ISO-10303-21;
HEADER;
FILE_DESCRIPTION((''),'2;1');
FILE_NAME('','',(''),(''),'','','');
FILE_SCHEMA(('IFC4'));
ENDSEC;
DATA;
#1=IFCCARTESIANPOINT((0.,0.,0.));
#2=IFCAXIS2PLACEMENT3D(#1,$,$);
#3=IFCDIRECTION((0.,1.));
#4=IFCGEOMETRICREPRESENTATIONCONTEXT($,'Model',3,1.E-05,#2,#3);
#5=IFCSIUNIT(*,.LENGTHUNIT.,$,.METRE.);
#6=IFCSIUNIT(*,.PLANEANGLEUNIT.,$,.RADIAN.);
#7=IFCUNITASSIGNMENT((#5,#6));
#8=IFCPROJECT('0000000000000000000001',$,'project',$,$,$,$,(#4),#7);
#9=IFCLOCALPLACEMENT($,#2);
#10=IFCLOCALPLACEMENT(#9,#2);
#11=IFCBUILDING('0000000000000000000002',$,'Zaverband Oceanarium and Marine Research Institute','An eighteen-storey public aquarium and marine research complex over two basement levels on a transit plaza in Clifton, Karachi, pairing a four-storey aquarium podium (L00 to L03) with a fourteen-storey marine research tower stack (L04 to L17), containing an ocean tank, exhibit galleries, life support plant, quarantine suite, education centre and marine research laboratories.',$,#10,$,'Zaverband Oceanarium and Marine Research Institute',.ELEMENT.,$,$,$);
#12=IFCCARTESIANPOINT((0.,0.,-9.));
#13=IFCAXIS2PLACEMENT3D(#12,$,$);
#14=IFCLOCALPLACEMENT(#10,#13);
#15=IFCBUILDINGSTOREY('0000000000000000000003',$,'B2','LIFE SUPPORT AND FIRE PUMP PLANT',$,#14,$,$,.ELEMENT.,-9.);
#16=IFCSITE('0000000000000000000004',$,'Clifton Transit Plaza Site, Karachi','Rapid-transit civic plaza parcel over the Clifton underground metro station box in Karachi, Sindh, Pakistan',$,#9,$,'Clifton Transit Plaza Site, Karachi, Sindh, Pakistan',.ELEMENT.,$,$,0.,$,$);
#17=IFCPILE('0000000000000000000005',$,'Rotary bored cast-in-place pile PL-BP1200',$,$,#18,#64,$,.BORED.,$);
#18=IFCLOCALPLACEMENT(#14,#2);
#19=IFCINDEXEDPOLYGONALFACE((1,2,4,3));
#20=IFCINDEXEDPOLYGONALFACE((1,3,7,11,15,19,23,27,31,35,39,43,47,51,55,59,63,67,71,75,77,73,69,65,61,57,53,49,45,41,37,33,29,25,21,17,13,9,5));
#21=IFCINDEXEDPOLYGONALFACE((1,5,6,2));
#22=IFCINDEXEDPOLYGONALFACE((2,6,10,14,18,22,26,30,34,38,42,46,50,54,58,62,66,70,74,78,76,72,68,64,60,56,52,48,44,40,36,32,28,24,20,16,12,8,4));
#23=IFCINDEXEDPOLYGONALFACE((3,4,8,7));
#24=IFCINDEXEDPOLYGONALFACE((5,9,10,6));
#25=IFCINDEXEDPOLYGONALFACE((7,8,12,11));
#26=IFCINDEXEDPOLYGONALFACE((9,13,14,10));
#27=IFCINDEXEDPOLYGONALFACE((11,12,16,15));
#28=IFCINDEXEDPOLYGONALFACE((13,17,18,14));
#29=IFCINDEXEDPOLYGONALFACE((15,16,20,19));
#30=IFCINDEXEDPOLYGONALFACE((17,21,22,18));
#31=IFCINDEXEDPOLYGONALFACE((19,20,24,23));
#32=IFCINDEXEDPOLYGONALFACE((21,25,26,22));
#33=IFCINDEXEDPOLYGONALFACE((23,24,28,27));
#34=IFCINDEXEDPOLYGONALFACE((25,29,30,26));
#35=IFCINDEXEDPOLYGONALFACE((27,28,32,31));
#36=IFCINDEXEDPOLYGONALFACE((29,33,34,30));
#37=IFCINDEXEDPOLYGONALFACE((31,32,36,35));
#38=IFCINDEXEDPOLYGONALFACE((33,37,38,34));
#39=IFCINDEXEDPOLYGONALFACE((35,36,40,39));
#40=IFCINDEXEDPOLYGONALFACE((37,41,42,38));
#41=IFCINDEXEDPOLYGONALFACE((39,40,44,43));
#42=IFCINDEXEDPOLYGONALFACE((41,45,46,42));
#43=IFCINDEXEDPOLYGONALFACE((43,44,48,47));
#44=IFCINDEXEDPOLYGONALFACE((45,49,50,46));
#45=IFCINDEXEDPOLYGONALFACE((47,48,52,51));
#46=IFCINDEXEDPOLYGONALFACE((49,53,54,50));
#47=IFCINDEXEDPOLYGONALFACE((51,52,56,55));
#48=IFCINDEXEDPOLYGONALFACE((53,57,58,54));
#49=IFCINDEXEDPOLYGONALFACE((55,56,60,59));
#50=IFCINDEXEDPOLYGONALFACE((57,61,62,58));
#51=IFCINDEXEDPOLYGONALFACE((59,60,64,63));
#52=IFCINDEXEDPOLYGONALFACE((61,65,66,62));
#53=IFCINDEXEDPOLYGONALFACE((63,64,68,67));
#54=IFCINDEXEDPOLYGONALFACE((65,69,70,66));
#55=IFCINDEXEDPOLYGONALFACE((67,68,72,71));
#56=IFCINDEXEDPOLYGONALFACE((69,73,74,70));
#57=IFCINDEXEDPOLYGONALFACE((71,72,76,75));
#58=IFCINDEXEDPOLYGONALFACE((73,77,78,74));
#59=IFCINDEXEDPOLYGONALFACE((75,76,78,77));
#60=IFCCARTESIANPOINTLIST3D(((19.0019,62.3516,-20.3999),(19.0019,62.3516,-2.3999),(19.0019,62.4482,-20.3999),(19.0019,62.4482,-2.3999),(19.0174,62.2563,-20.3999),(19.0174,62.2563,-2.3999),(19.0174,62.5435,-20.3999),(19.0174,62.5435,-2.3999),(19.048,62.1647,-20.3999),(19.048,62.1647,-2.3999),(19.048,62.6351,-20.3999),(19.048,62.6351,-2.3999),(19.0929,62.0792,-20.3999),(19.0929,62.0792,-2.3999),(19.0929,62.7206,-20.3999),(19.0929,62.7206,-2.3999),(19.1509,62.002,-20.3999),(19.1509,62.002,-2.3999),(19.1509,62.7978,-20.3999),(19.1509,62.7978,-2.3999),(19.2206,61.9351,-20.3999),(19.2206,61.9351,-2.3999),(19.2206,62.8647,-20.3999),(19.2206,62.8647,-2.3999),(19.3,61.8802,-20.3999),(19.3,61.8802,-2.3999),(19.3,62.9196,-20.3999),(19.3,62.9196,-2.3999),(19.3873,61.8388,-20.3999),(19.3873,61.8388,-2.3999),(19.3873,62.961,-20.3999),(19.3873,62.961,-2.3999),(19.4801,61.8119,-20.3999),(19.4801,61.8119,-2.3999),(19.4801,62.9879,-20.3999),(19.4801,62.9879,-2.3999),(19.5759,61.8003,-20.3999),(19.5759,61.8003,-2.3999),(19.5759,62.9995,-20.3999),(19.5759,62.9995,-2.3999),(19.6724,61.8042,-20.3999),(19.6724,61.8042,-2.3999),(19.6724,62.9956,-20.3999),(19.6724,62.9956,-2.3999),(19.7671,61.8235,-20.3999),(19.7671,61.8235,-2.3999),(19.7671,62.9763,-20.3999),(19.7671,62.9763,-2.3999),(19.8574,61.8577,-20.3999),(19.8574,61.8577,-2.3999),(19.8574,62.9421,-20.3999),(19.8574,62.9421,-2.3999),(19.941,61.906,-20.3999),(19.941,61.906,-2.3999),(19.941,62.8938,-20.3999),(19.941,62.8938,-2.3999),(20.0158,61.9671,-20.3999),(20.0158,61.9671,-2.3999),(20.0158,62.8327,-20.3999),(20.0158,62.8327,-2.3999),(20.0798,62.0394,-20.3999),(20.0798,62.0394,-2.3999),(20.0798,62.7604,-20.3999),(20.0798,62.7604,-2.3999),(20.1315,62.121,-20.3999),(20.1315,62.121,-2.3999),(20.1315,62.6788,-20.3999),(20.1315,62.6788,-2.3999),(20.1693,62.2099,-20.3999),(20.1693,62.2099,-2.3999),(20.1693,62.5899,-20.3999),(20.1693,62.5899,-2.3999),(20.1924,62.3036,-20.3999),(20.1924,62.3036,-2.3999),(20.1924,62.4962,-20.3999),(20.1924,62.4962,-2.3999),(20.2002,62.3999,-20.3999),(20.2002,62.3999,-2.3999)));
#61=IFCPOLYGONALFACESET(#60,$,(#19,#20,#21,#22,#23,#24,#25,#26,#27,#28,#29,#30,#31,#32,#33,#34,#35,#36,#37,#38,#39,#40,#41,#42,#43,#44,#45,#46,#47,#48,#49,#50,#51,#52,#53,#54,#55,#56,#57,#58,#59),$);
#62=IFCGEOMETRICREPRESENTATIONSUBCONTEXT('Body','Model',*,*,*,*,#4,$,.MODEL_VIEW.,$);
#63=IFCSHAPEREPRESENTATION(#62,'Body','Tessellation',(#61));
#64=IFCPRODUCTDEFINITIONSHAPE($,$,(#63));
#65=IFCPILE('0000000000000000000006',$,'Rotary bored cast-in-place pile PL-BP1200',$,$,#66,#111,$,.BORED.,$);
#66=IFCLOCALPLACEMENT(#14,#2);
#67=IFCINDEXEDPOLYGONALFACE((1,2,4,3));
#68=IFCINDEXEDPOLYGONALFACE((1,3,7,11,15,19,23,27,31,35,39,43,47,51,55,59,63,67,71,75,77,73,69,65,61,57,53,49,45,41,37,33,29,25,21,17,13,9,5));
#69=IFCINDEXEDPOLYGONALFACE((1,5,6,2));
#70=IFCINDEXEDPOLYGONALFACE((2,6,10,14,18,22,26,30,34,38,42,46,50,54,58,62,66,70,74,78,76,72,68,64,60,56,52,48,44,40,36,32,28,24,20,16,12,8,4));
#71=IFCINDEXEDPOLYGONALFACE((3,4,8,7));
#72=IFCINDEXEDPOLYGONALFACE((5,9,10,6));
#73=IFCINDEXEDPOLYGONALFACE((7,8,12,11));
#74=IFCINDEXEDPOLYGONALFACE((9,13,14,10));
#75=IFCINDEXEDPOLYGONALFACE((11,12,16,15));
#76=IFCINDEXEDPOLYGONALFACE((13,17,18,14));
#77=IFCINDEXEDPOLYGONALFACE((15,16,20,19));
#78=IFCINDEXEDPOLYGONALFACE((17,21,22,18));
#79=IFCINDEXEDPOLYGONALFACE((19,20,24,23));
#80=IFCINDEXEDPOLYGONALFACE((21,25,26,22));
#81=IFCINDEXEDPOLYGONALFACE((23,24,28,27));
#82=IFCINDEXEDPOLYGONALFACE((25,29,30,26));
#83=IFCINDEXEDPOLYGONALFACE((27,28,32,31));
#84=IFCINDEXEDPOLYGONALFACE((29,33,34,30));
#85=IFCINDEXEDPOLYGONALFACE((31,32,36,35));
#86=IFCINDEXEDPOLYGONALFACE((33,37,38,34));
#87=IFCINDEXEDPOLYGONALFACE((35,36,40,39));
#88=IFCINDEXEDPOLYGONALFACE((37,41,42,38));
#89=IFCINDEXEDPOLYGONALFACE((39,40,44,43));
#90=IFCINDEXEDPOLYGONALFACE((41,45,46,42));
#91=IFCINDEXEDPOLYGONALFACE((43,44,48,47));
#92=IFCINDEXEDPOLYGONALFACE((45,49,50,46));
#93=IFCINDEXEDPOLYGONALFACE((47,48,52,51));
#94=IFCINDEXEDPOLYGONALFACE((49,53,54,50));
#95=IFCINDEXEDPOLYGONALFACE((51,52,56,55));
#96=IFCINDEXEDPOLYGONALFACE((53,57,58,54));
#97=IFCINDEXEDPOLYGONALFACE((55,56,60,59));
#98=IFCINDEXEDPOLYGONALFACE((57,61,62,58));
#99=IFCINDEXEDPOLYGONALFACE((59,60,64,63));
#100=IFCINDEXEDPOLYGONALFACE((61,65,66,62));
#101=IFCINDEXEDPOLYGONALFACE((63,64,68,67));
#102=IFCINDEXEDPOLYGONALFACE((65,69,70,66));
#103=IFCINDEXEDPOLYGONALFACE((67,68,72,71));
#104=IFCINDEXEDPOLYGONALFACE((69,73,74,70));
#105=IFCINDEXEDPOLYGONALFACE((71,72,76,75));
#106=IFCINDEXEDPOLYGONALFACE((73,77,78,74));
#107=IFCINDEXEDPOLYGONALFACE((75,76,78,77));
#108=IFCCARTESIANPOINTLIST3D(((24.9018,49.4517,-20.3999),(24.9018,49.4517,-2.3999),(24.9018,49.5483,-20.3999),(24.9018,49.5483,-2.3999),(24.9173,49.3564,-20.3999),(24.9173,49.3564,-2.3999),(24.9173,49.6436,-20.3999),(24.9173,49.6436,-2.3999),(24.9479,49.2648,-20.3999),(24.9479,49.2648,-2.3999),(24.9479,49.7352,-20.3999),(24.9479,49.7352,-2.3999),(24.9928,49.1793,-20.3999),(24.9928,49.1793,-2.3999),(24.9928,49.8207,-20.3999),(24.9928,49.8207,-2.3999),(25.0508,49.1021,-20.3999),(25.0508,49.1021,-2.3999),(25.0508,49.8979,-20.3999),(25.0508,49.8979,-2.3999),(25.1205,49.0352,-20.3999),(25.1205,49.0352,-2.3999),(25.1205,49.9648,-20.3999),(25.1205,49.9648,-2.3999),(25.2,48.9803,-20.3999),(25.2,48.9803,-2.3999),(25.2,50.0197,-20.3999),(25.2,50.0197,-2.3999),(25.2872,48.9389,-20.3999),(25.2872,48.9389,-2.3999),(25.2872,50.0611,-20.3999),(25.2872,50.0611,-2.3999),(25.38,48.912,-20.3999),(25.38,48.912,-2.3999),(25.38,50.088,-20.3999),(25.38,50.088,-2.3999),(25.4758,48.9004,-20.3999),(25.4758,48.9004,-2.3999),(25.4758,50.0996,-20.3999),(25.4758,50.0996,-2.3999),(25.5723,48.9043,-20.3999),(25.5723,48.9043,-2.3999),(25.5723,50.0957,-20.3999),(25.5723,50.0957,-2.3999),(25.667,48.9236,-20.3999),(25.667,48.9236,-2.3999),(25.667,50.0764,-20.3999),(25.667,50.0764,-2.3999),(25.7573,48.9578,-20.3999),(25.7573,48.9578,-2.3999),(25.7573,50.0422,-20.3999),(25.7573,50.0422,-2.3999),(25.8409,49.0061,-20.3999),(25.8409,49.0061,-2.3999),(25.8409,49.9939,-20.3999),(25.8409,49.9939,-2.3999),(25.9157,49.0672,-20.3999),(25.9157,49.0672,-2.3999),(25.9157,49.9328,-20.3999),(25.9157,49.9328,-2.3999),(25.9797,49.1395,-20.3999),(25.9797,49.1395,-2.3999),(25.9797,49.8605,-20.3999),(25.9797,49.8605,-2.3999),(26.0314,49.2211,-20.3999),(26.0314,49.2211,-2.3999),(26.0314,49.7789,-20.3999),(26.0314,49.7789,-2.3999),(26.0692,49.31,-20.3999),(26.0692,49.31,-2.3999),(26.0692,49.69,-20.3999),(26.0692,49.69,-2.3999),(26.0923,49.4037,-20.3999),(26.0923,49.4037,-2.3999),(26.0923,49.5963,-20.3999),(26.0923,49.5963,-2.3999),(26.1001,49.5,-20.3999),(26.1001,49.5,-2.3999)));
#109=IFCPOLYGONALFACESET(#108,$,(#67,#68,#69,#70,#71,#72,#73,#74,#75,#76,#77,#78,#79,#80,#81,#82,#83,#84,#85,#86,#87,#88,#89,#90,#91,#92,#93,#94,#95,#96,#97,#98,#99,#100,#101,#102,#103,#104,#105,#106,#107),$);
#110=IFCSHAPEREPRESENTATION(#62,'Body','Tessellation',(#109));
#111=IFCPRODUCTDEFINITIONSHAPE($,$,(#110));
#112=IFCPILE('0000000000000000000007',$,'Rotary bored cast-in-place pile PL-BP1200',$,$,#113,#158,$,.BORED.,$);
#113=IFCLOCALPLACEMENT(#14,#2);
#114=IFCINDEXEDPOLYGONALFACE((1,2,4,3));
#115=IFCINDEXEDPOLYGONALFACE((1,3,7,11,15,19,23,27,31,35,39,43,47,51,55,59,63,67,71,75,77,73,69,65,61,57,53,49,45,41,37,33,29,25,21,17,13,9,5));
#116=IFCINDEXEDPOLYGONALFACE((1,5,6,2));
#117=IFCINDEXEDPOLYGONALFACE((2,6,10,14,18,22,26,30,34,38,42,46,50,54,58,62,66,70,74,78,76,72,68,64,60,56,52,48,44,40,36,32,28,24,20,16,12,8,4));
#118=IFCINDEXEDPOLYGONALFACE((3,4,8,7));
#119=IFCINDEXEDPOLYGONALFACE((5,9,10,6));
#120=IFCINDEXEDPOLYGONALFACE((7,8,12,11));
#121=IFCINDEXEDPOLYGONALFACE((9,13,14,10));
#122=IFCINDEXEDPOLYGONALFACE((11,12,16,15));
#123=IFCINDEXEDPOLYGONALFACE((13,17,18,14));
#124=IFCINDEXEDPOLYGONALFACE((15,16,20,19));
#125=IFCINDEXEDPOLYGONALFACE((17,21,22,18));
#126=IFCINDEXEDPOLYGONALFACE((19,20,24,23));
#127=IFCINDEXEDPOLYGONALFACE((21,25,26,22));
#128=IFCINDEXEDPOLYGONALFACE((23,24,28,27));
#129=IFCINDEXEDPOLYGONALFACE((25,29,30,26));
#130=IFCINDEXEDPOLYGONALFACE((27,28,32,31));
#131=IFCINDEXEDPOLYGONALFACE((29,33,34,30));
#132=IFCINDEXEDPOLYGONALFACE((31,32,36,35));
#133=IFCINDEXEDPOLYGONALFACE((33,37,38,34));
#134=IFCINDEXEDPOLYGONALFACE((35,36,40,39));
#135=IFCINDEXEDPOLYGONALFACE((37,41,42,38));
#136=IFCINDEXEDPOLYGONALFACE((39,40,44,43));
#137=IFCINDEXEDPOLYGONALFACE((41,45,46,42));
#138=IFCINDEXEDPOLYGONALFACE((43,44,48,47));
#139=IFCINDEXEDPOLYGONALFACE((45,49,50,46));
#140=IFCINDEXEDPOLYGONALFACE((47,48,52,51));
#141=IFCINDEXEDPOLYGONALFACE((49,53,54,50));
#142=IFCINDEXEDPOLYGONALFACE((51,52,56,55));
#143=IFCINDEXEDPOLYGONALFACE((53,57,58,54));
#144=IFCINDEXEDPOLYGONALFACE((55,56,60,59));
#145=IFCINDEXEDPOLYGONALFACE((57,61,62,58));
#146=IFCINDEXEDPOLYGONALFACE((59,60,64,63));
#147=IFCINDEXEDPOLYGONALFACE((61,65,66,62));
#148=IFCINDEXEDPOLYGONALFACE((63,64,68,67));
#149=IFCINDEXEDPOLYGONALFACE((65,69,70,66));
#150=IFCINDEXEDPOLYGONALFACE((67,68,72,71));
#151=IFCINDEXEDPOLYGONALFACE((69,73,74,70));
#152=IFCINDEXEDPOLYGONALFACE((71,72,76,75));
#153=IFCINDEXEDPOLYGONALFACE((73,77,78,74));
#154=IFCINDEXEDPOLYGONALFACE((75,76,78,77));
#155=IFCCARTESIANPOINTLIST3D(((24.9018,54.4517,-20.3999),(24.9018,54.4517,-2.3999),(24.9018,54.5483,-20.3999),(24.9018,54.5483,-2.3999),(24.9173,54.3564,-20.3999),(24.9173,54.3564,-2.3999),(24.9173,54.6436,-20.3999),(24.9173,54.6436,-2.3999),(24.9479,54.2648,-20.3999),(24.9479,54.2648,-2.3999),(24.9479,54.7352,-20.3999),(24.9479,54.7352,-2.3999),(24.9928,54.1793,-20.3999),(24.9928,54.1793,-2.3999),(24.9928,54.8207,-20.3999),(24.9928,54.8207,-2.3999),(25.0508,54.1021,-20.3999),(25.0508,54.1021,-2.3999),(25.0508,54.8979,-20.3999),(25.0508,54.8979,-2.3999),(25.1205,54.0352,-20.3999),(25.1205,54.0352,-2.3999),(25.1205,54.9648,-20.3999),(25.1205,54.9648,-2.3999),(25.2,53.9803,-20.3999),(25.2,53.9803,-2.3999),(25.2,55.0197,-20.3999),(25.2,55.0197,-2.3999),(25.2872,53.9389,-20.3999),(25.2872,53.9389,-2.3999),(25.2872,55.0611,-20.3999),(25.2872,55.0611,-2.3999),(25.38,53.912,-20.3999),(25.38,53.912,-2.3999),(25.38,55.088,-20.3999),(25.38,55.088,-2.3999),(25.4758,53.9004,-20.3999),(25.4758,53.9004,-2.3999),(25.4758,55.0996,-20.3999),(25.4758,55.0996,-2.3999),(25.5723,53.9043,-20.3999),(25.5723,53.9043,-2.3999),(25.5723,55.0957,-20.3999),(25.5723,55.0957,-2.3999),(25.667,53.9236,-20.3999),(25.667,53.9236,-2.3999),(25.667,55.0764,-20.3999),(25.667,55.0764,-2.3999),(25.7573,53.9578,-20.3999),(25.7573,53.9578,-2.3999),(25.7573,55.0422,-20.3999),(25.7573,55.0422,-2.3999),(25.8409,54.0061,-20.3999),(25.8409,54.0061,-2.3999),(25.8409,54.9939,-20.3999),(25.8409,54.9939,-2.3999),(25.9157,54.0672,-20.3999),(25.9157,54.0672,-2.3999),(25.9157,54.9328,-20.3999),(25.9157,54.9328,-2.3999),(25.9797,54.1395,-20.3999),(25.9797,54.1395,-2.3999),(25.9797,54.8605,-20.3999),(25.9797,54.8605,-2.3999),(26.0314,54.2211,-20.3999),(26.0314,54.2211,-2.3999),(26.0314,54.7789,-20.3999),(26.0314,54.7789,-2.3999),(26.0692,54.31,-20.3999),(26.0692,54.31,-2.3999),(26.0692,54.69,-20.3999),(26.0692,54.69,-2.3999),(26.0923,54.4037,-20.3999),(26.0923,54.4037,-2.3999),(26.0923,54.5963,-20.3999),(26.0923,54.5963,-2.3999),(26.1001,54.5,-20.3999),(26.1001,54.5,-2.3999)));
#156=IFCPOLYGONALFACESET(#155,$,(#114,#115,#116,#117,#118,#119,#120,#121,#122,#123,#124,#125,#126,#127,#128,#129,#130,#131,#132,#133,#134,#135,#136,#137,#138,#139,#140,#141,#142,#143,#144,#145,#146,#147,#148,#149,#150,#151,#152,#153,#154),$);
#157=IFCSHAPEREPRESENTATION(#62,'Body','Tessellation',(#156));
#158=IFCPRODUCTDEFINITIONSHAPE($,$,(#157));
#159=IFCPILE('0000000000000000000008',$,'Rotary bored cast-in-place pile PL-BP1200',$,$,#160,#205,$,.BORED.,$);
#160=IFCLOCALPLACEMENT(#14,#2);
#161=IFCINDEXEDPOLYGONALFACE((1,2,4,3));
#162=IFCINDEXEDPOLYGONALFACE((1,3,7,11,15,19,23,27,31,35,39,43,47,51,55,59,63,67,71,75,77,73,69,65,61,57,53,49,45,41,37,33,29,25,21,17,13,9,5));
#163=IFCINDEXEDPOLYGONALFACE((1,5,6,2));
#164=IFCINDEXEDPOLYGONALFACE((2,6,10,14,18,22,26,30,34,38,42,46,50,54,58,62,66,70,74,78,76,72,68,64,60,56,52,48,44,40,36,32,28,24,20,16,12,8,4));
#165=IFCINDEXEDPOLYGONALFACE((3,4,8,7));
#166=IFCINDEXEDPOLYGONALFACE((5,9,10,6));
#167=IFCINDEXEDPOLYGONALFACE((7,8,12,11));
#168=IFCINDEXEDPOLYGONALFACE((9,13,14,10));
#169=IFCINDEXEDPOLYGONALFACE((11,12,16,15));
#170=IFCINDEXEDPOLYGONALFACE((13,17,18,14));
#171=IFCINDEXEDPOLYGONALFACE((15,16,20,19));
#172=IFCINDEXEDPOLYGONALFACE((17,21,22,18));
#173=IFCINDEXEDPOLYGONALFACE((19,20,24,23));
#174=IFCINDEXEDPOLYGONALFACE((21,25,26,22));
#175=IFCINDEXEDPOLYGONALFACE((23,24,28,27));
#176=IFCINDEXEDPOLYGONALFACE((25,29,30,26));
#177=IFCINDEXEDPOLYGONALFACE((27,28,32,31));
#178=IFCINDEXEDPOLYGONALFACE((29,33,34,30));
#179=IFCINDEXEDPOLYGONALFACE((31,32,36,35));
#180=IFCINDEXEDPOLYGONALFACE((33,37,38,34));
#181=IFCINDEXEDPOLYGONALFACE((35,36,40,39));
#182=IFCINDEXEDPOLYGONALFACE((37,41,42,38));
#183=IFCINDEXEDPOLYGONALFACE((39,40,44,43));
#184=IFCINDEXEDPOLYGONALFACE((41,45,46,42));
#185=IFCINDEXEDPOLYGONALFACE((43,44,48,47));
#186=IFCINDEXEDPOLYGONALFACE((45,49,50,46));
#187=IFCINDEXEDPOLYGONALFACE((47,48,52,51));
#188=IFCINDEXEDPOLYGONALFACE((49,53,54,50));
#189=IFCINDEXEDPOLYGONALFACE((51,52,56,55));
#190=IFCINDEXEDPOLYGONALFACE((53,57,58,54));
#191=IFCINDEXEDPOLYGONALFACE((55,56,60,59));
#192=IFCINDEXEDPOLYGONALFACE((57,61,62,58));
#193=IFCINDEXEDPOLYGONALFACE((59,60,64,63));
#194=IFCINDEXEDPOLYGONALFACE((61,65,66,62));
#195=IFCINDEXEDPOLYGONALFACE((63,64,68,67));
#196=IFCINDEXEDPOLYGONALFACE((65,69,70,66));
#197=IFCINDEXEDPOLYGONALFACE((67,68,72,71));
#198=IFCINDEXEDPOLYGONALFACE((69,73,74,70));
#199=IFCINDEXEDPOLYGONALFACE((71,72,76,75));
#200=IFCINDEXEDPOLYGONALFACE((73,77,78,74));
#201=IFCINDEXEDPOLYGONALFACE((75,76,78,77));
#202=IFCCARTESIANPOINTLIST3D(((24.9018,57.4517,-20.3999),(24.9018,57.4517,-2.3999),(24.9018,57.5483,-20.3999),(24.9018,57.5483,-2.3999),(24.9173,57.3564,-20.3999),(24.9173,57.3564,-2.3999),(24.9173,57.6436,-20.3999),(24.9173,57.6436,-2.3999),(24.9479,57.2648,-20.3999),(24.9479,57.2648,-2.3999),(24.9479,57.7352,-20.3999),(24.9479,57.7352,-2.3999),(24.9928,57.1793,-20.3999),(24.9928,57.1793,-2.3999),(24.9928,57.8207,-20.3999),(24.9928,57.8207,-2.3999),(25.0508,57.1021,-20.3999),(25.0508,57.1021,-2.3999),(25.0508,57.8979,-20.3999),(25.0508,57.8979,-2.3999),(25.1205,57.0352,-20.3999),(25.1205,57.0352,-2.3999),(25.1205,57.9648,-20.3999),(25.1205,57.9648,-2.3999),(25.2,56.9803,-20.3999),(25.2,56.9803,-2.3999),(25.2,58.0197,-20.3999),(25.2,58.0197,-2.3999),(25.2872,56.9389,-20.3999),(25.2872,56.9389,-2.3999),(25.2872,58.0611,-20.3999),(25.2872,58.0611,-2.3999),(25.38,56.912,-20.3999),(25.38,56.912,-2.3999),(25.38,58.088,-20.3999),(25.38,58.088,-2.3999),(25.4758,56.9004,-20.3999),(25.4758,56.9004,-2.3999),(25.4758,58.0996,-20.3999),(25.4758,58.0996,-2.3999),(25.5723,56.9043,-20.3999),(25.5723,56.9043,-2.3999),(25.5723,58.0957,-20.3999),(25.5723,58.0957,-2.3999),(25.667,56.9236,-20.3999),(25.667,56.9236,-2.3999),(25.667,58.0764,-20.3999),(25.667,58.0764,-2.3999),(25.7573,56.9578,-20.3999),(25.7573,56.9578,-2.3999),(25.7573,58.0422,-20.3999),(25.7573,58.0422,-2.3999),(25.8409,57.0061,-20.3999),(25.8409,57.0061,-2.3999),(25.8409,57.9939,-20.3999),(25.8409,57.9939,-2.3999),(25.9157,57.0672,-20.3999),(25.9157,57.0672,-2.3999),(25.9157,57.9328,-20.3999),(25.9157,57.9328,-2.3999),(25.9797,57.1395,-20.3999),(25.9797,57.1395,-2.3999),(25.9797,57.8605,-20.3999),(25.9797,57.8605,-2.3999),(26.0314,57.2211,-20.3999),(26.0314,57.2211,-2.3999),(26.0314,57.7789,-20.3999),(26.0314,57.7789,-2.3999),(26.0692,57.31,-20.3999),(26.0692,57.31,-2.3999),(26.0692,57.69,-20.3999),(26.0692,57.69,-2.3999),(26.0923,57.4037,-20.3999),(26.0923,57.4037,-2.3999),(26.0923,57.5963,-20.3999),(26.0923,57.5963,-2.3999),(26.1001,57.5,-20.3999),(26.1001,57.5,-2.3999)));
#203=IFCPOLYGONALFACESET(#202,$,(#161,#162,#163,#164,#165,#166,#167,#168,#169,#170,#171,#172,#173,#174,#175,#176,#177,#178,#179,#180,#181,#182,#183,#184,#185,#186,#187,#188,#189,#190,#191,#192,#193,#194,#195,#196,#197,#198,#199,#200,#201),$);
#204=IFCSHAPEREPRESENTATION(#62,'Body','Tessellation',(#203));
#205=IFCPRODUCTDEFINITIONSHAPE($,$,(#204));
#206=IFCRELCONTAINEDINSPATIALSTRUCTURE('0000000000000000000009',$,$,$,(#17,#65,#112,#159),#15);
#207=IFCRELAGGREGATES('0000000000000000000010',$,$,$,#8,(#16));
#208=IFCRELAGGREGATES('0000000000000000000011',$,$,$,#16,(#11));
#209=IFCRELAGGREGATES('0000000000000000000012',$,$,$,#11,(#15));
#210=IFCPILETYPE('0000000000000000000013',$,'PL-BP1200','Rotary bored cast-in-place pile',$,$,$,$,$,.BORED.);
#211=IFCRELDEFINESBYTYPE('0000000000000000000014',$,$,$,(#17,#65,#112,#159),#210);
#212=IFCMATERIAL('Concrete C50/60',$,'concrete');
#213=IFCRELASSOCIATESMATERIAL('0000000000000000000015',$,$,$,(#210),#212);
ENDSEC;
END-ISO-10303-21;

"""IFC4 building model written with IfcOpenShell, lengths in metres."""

from ifc_helpers import new_model, si_unit, direction, frame, origin, origin_2d, place, context, subcontext, project, spatial, circle, extrude, material, material_profile, profile_set, type_object, element, save


model = new_model("IFC4")

# Units and contexts
model_context = context("Model", 3, precision=1e-05, world=origin(), true_north=direction((0.0, 1.0)))
body_context = subcontext(model_context, "Body", "Model", "MODEL_VIEW")
ifc_project = project(units=[si_unit("LENGTHUNIT", "METRE"), si_unit("PLANEANGLEUNIT", "RADIAN")], contexts=[model_context])

# Site, building, storey
site_placement = place(None, origin())
site = spatial("IfcSite", under=ifc_project, at=site_placement, Name="Clifton Transit Plaza Site, Karachi", Description="Rapid-transit civic plaza parcel over the Clifton underground metro station box in Karachi, Sindh, Pakistan", LongName="Clifton Transit Plaza Site, Karachi, Sindh, Pakistan", CompositionType="ELEMENT", RefElevation=0.0)
building_placement = place(site_placement, origin())
building = spatial("IfcBuilding", under=site, at=building_placement, Name="Zaverband Oceanarium and Marine Research Institute", Description="An eighteen-storey public aquarium and marine research complex over two basement levels on a transit plaza in Clifton, Karachi, pairing a four-storey aquarium podium (L00 to L03) with a fourteen-storey marine research tower stack (L04 to L17), containing an ocean tank, exhibit galleries, life support plant, quarantine suite, education centre and marine research laboratories.", LongName="Zaverband Oceanarium and Marine Research Institute", CompositionType="ELEMENT")
storey_placement = place(building_placement, frame((0.0, 0.0, -9.0)))
storey = spatial("IfcBuildingStorey", under=building, at=storey_placement, Name="B2", Description="LIFE SUPPORT AND FIRE PUMP PLANT", CompositionType="ELEMENT", Elevation=-9.0)

# Shared definitions
ifc_material_1 = material(Name="Concrete C50/60", Category="concrete")

# Piles
ifc_material_profile_1 = material_profile(ifc_material_1, circle(Radius=0.6001, at=origin_2d()), Name="BP1200")
ifc_profile_set_1 = profile_set([ifc_material_profile_1], Name="Concrete C50/60")
pile_type = type_object("IfcPileType", Name="PL-BP1200", Description="Rotary bored cast-in-place pile", PredefinedType="BORED", material=ifc_profile_set_1)
for number, where, z_axis, x_axis, name in (
    (1, (19.6001, 62.3999, -2.3999), (0.0, 0.0, -1.0), (1.0, 0.0, 0.0), "Rotary bored cast-in-place pile PL-BP1200"),
    (2, (25.5, 49.5, -2.3999), (0.0, 0.0, -1.0), (1.0, 0.0, 0.0), "Rotary bored cast-in-place pile PL-BP1200"),
    (3, (25.5, 54.5, -2.3999), (0.0, 0.0, -1.0), (1.0, 0.0, 0.0), "Rotary bored cast-in-place pile PL-BP1200"),
    (4, (25.5, 57.5, -2.3999), (0.0, 0.0, -1.0), (1.0, 0.0, 0.0), "Rotary bored cast-in-place pile PL-BP1200"),
):
    element("IfcPile", number, at=place(storey_placement, frame(where, z_axis=z_axis, x_axis=x_axis)), inside=storey, type_object=pile_type, Name=name, PredefinedType="BORED", context=body_context, shape_type="SweptSolid", body=[
        extrude(circle(Radius=0.6001, at=origin_2d()), origin(), (0.0, 0.0, 1.0), 18.0),
    ])

save(model, "model.ifc")
